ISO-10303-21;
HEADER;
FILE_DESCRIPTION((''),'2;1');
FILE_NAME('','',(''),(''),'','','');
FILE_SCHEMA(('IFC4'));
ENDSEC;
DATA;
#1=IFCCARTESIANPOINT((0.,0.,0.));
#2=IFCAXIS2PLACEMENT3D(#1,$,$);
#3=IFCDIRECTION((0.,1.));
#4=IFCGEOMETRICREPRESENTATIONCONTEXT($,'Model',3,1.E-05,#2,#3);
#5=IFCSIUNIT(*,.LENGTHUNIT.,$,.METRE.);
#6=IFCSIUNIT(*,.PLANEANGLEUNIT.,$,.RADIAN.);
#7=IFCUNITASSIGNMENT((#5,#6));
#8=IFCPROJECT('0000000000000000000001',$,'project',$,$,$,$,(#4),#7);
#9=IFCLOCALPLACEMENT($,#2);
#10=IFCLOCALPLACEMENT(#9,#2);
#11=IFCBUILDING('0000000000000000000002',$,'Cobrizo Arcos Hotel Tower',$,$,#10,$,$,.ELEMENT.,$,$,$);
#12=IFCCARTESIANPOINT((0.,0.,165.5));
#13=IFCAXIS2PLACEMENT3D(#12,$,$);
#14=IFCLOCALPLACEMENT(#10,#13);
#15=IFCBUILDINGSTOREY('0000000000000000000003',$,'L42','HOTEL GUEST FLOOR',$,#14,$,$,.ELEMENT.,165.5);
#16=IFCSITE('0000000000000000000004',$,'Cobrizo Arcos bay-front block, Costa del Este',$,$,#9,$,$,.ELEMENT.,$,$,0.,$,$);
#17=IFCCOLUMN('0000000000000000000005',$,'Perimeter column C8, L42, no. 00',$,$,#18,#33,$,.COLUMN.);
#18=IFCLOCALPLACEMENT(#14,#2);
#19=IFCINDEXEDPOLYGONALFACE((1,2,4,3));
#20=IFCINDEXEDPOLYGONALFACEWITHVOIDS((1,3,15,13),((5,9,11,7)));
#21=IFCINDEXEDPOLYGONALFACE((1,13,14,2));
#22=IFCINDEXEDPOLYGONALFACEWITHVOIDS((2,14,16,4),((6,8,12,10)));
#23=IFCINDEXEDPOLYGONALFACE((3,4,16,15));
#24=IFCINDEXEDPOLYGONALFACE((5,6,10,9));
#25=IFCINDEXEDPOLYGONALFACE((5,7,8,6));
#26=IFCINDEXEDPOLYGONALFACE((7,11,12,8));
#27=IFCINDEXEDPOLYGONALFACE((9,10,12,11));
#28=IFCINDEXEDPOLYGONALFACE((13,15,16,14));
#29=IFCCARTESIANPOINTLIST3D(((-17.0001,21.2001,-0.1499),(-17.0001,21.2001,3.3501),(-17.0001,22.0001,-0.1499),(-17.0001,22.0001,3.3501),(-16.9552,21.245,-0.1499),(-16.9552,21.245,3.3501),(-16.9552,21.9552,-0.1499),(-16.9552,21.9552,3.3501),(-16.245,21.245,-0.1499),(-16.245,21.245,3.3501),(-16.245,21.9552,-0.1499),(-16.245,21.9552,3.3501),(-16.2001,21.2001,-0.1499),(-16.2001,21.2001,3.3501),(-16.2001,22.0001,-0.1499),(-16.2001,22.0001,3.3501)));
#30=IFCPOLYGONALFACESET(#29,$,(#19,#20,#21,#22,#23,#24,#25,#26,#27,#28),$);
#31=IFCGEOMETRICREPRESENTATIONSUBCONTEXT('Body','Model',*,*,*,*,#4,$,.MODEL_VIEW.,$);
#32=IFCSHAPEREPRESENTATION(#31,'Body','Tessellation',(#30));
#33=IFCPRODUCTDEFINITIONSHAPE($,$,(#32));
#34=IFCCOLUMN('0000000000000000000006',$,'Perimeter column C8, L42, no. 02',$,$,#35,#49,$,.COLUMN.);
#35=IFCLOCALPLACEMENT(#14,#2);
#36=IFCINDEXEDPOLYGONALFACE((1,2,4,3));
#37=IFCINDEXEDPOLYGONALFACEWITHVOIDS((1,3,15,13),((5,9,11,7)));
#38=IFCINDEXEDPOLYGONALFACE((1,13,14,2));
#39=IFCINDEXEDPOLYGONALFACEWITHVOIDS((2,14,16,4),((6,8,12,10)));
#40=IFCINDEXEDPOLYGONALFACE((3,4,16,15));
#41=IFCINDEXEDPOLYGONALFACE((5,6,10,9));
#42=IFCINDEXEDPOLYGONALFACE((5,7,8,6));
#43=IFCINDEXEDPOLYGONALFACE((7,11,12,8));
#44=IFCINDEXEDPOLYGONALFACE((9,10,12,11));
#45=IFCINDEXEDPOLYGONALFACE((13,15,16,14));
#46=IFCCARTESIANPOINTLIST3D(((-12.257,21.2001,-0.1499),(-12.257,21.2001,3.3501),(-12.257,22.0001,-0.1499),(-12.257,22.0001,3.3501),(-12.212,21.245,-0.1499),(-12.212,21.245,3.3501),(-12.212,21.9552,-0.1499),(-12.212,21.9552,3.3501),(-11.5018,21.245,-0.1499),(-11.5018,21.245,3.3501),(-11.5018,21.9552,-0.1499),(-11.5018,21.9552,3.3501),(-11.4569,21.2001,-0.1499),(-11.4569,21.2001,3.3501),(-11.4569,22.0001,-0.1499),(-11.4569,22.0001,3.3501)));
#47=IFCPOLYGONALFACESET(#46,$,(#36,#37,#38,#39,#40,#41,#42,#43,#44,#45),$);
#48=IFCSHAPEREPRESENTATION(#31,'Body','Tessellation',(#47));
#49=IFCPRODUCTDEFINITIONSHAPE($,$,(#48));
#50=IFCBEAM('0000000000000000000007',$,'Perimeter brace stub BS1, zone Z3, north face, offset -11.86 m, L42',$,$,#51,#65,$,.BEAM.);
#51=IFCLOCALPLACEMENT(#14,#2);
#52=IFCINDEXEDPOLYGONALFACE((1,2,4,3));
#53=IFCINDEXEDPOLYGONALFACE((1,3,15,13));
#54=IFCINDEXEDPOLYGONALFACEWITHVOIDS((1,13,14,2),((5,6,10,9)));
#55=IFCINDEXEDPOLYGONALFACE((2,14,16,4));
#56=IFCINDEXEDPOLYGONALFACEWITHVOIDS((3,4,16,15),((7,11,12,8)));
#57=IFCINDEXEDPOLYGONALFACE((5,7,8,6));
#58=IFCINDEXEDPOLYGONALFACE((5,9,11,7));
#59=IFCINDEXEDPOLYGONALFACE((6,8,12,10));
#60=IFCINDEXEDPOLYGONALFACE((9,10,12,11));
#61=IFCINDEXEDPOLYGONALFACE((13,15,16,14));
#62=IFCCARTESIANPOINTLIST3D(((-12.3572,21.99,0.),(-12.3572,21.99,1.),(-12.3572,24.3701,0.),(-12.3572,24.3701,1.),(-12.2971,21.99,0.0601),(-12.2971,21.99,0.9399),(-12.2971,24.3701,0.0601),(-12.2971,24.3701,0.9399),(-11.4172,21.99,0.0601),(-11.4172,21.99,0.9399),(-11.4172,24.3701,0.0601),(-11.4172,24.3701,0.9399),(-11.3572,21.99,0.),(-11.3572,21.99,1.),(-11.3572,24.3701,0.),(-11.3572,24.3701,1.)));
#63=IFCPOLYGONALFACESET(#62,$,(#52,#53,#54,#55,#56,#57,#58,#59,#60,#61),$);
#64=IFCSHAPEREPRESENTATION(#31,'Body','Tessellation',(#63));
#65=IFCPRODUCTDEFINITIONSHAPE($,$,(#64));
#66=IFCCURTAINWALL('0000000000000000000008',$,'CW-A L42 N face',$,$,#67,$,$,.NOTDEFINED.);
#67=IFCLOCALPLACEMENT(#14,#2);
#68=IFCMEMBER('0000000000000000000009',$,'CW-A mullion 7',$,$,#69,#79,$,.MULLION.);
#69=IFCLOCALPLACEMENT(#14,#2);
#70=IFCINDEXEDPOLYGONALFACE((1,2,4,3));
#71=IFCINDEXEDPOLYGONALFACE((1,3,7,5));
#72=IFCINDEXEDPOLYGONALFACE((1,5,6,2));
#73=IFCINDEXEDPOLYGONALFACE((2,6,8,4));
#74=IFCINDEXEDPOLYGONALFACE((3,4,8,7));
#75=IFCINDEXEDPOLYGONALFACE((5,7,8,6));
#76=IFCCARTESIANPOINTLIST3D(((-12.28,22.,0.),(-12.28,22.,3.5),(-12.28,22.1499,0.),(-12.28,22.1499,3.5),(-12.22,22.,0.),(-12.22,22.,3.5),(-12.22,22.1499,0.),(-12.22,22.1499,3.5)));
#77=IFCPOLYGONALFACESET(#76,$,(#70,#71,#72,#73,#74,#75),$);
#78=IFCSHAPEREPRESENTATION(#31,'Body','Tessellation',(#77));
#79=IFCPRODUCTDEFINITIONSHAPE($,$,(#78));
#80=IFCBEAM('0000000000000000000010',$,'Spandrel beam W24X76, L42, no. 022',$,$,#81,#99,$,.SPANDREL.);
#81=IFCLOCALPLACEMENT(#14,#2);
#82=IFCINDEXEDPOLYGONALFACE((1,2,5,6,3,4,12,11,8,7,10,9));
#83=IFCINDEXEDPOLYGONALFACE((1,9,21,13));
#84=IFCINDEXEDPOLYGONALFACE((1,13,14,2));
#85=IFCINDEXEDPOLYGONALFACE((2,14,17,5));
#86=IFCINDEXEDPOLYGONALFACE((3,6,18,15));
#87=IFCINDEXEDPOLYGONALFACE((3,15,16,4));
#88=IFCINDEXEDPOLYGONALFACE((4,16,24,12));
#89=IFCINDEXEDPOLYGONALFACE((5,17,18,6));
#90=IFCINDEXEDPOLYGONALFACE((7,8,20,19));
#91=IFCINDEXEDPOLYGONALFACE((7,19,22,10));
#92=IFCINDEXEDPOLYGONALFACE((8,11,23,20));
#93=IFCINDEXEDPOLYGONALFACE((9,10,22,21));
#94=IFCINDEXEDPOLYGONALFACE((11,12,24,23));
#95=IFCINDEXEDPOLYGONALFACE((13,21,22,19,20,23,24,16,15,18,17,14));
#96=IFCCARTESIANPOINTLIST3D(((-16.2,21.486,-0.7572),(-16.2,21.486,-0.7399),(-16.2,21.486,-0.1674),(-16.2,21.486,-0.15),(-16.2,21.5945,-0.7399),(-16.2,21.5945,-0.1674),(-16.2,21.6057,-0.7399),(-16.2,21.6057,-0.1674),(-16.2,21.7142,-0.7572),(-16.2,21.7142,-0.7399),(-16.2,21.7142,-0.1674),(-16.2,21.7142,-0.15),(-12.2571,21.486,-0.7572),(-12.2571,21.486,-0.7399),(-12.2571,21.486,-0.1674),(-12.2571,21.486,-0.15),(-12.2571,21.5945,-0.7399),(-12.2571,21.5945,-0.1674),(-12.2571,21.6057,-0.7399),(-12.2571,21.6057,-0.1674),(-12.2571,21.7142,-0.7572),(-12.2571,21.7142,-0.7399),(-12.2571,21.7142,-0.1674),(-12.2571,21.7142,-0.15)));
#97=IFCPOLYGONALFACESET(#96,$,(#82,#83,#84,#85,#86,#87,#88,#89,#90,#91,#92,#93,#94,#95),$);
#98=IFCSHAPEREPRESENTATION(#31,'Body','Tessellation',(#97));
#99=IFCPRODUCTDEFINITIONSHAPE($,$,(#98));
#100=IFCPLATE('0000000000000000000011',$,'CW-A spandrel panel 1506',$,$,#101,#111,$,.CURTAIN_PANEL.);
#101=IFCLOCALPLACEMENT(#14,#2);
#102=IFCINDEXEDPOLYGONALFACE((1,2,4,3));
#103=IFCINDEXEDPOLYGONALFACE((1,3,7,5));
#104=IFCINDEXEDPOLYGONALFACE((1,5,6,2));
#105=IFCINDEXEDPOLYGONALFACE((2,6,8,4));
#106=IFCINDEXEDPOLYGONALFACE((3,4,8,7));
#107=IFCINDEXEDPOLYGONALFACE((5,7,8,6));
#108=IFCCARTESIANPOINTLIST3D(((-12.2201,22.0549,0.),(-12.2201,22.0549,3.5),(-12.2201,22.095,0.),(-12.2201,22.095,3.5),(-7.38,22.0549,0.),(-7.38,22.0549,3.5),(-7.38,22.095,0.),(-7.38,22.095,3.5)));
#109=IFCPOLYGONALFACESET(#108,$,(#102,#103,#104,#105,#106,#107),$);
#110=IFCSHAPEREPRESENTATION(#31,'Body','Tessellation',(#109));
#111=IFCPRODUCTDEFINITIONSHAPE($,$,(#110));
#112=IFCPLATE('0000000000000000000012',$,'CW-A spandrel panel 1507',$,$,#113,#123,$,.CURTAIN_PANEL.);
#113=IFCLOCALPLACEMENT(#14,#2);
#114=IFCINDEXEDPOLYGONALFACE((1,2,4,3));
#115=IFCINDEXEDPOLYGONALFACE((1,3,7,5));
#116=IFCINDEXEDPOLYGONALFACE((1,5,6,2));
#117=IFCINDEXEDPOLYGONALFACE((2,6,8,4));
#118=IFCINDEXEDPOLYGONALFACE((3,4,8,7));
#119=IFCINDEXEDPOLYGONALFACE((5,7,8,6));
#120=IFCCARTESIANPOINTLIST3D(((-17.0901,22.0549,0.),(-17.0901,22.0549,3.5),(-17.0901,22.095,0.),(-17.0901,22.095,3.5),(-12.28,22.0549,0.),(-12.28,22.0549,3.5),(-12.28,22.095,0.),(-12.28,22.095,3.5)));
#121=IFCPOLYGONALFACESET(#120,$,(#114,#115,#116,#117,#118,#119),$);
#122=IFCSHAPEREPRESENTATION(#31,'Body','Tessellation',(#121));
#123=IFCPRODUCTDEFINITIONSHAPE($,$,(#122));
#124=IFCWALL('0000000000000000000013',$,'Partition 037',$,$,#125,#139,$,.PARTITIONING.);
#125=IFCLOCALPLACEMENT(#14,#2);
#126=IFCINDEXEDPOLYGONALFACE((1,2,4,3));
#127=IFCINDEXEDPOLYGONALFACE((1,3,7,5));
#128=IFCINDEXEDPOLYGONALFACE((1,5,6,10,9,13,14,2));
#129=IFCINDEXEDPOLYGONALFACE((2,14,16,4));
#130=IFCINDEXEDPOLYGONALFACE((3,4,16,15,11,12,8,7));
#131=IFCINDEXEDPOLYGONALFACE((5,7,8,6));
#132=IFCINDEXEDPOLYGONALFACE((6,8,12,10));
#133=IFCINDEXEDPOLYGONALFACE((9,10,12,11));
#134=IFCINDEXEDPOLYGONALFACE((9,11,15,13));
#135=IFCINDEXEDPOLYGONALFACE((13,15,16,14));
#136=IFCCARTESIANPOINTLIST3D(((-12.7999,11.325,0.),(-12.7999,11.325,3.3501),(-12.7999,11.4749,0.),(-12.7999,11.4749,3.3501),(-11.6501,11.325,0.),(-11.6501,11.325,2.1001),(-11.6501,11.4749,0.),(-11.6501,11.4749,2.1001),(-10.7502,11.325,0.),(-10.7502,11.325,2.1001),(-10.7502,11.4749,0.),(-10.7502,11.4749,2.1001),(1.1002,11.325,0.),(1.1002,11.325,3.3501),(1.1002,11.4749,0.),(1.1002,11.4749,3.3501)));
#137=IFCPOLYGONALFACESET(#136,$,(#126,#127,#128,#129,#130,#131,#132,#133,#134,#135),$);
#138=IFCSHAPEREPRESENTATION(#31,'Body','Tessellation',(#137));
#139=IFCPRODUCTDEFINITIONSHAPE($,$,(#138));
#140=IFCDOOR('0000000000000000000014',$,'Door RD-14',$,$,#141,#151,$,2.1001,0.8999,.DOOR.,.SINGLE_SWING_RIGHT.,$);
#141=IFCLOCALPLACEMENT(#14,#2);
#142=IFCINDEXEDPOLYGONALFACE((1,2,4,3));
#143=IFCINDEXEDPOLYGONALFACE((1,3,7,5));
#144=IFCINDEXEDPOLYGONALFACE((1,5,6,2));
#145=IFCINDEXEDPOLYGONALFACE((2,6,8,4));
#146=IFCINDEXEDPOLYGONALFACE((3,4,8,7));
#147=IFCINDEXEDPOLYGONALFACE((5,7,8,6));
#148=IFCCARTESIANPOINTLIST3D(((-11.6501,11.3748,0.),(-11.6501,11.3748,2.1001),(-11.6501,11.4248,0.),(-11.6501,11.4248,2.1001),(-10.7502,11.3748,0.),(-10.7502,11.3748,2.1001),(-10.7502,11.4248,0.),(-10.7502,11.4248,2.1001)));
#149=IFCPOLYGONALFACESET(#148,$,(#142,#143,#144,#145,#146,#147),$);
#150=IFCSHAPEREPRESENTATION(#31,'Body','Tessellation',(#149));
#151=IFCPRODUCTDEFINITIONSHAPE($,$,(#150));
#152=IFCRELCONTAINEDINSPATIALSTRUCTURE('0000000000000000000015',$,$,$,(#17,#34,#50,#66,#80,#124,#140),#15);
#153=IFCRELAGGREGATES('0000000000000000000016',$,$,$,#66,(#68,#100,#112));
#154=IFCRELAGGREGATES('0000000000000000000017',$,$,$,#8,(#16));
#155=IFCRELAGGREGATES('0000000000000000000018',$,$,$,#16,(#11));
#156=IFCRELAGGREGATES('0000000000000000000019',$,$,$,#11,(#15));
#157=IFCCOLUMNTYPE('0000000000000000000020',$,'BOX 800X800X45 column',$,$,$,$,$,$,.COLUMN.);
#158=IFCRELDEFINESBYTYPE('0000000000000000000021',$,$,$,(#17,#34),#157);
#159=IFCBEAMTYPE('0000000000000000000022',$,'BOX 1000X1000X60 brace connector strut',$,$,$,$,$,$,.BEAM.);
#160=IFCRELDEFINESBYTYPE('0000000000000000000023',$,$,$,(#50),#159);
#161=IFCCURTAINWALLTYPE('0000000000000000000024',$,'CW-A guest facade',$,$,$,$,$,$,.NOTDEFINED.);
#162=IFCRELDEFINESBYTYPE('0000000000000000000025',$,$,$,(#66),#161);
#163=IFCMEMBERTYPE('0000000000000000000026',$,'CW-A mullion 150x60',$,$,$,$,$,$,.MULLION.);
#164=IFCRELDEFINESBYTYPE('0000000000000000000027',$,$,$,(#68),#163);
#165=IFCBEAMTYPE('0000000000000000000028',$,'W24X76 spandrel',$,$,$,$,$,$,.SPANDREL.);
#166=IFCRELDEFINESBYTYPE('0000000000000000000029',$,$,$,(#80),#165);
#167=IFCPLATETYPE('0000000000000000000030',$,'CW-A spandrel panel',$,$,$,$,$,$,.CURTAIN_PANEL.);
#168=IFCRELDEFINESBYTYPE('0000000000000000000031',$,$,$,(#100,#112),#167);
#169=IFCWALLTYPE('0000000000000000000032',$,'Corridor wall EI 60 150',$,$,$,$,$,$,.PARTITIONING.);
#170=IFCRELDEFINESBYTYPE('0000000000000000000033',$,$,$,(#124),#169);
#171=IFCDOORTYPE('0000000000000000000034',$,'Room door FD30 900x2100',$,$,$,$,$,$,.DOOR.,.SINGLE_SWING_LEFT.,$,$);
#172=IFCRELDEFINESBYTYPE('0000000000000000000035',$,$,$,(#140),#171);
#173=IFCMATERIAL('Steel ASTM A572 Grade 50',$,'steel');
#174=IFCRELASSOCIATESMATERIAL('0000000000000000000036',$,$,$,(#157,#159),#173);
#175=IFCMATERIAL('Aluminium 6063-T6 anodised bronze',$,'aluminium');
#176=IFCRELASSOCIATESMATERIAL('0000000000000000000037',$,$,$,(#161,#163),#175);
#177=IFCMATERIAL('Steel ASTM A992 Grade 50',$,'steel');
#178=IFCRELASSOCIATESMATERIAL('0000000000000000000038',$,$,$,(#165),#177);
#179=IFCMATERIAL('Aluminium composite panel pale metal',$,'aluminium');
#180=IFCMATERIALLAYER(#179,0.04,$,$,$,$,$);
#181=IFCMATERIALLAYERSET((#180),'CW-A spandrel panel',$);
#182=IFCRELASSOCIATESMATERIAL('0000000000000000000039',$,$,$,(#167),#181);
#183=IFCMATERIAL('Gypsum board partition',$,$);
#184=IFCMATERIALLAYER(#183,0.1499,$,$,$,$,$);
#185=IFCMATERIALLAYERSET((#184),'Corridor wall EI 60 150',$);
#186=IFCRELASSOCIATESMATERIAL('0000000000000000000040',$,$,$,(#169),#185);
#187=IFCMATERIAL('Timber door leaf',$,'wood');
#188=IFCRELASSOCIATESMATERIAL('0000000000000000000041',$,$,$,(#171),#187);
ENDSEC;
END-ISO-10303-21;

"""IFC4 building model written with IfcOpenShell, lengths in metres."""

from ifc_helpers import new_model, si_unit, direction, frame, frame_2d, origin, origin_2d, place, context, subcontext, project, spatial, rectangle, hollow_rectangle, i_section, extrude, material, layer, layer_set, material_profile, profile_set, type_object, element, fill, aggregate, save


model = new_model("IFC4")

# Units and contexts
model_context = context("Model", 3, precision=1e-05, world=origin(), true_north=direction((0.0, 1.0)))
body_context = subcontext(model_context, "Body", "Model", "MODEL_VIEW")
ifc_project = project(units=[si_unit("LENGTHUNIT", "METRE"), si_unit("PLANEANGLEUNIT", "RADIAN")], contexts=[model_context])

# Site, building, storey
site_placement = place(None, origin())
site = spatial("IfcSite", under=ifc_project, at=site_placement, Name="Cobrizo Arcos bay-front block, Costa del Este", CompositionType="ELEMENT", RefElevation=0.0)
building_placement = place(site_placement, origin())
building = spatial("IfcBuilding", under=site, at=building_placement, Name="Cobrizo Arcos Hotel Tower", CompositionType="ELEMENT")
storey_placement = place(building_placement, frame((0.0, 0.0, 165.5)))
storey = spatial("IfcBuildingStorey", under=building, at=storey_placement, Name="L42", Description="HOTEL GUEST FLOOR", CompositionType="ELEMENT", Elevation=165.5)

# Columns
ifc_material_1 = material(Name="Steel ASTM A572 Grade 50", Category="steel")
ifc_material_profile_1 = material_profile(ifc_material_1, hollow_rectangle(XDim=0.8, YDim=0.8, WallThickness=0.0449, at=origin_2d()), Name="BOX 800X800X45")
ifc_profile_set_1 = profile_set([ifc_material_profile_1], Name="Steel ASTM A572 Grade 50")
column_type = type_object("IfcColumnType", Name="BOX 800X800X45 column", PredefinedType="COLUMN", material=ifc_profile_set_1)
for number, where, z_axis, x_axis, name in (
    (1, (-16.6001, 21.6001, -0.1499), (0.0, 0.0, 1.0), (1.0, 0.0, 0.0), "Perimeter column C8, L42, no. 00"),
    (2, (-11.8569, 21.6001, -0.1499), (0.0, 0.0, 1.0), (1.0, 0.0, 0.0), "Perimeter column C8, L42, no. 02"),
):
    element("IfcColumn", number, at=place(storey_placement, frame(where, z_axis=z_axis, x_axis=x_axis)), inside=storey, type_object=column_type, Name=name, PredefinedType="COLUMN", context=body_context, shape_type="SweptSolid", body=[
        extrude(hollow_rectangle(XDim=0.8, YDim=0.8, WallThickness=0.0449, at=origin_2d()), origin(), (0.0, 0.0, 1.0), 3.5),
    ])

# Beam
ifc_material_profile_2 = material_profile(ifc_material_1, hollow_rectangle(XDim=1.0, YDim=1.0, WallThickness=0.0601, at=origin_2d()), Name="BOX 1000X1000X60")
ifc_profile_set_2 = profile_set([ifc_material_profile_2], Name="Steel ASTM A572 Grade 50")
beam_type_1 = type_object("IfcBeamType", Name="BOX 1000X1000X60 brace connector strut", PredefinedType="BEAM", material=ifc_profile_set_2)
beam_1_placement = place(storey_placement, frame((-11.8572, 21.99, 0.5), z_axis=(0.0, 1.0, 0.0), x_axis=(-1.0, 0.0, 0.0)))
element("IfcBeam", 3, at=beam_1_placement, inside=storey, type_object=beam_type_1, Name="Perimeter brace stub BS1, zone Z3, north face, offset -11.86 m, L42", PredefinedType="BEAM", context=body_context, shape_type="SweptSolid", body=[
    extrude(hollow_rectangle(XDim=1.0, YDim=1.0, WallThickness=0.0601, at=origin_2d()), origin(), (0.0, 0.0, 1.0), 2.3801),
])

# Curtain wall, member
ifc_material_2 = material(Name="Aluminium 6063-T6 anodised bronze", Category="aluminium")
curtain_wall_type = type_object("IfcCurtainWallType", Name="CW-A guest facade", PredefinedType="NOTDEFINED", material=ifc_material_2)
curtain_wall_placement = place(storey_placement, origin())
curtain_wall = element("IfcCurtainWall", 4, at=curtain_wall_placement, inside=storey, type_object=curtain_wall_type, Name="CW-A L42 N face", PredefinedType="NOTDEFINED")
ifc_material_profile_3 = material_profile(ifc_material_2, rectangle(XDim=0.1499, YDim=0.0601, at=origin_2d()), Name="CW-A mullion 150x60")
ifc_profile_set_3 = profile_set([ifc_material_profile_3], Name="Aluminium 6063-T6 anodised bronze")
member_type = type_object("IfcMemberType", Name="CW-A mullion 150x60", PredefinedType="MULLION", material=ifc_profile_set_3)
member_placement = place(storey_placement, frame((-12.25, 22.075, 0.0), z_axis=(0.0, 0.0, 1.0), x_axis=(0.0, 1.0, 0.0)))
member = element("IfcMember", 5, at=member_placement, type_object=member_type, Name="CW-A mullion 7", PredefinedType="MULLION", context=body_context, shape_type="SweptSolid", body=[
    extrude(rectangle(XDim=0.1499, YDim=0.0601, at=origin_2d()), origin(), (0.0, 0.0, 1.0), 3.5),
])

# Beam
ifc_material_3 = material(Name="Steel ASTM A992 Grade 50", Category="steel")
ifc_material_profile_4 = material_profile(ifc_material_3, i_section(OverallWidth=0.2283, OverallDepth=0.6072, WebThickness=0.0112, FlangeThickness=0.0173, at=origin_2d()), Name="W24X76")
ifc_profile_set_4 = profile_set([ifc_material_profile_4], Name="Steel ASTM A992 Grade 50")
beam_type_2 = type_object("IfcBeamType", Name="W24X76 spandrel", PredefinedType="SPANDREL", material=ifc_profile_set_4)
beam_2_placement = place(storey_placement, frame((-12.2571, 21.6001, -0.4536), z_axis=(-1.0, 0.0, 0.0), x_axis=(0.0, -1.0, 0.0)))
element("IfcBeam", 6, at=beam_2_placement, inside=storey, type_object=beam_type_2, Name="Spandrel beam W24X76, L42, no. 022", PredefinedType="SPANDREL", context=body_context, shape_type="SweptSolid", body=[
    extrude(i_section(OverallWidth=0.2283, OverallDepth=0.6072, WebThickness=0.0112, FlangeThickness=0.0173, at=origin_2d()), origin(), (0.0, 0.0, 1.0), 3.9429),
])

# Plates
ifc_material_4 = material(Name="Aluminium composite panel pale metal", Category="aluminium")
ifc_layer_1 = layer(ifc_material_4, 0.04)
ifc_layer_set_1 = layer_set([ifc_layer_1], Name="CW-A spandrel panel")
plate_type = type_object("IfcPlateType", Name="CW-A spandrel panel", PredefinedType="CURTAIN_PANEL", material=ifc_layer_set_1)
plate_1_placement = place(storey_placement, frame((-9.8, 22.075, 0.0), z_axis=(0.0, 0.0, 1.0), x_axis=(-1.0, 0.0, 0.0)))
plate_1 = element("IfcPlate", 7, at=plate_1_placement, type_object=plate_type, Name="CW-A spandrel panel 1506", PredefinedType="CURTAIN_PANEL", context=body_context, shape_type="SweptSolid", body=[
    extrude(rectangle(XDim=4.8401, YDim=0.04, at=origin_2d()), origin(), (0.0, 0.0, 1.0), 3.5),
])
plate_2_placement = place(storey_placement, frame((-14.6851, 22.075, 0.0), z_axis=(0.0, 0.0, 1.0), x_axis=(-1.0, 0.0, 0.0)))
plate_2 = element("IfcPlate", 8, at=plate_2_placement, type_object=plate_type, Name="CW-A spandrel panel 1507", PredefinedType="CURTAIN_PANEL", context=body_context, shape_type="SweptSolid", body=[
    extrude(rectangle(XDim=4.8101, YDim=0.04, at=origin_2d()), origin(), (0.0, 0.0, 1.0), 3.5),
])
aggregate(curtain_wall, [member, plate_1, plate_2])

# Wall, opening, door
ifc_material_5 = material(Name="Gypsum board partition")
ifc_layer_2 = layer(ifc_material_5, 0.1499)
ifc_layer_set_2 = layer_set([ifc_layer_2], Name="Corridor wall EI 60 150")
wall_type_1 = type_object("IfcWallType", Name="Corridor wall EI 60 150", PredefinedType="PARTITIONING", material=ifc_layer_set_2)
wall_1_placement = place(storey_placement, frame((-12.8, 11.3999, 0.0), z_axis=(0.0, 0.0, 1.0), x_axis=(1.0, 0.0, 0.0)))
wall_1 = element("IfcWall", 9, at=wall_1_placement, inside=storey, type_object=wall_type_1, Name="Partition 037", PredefinedType="PARTITIONING", context=body_context, shape_type="SweptSolid", body=[
    extrude(rectangle(XDim=13.9001, YDim=0.1499, at=frame_2d((6.9502, 0.0))), origin(), (0.0, 0.0, 1.0), 3.3501),
])
opening_1_placement = place(wall_1_placement, frame((1.1499, 0.0, 0.0)))
opening_1 = element("IfcOpeningElement", 10, at=opening_1_placement, cuts=wall_1, PredefinedType="OPENING", context=body_context, shape_type="SweptSolid", body=[
    extrude(rectangle(XDim=0.8999, YDim=2.1001, at=frame_2d((0.45, 1.05))), frame((0.0, 0.0869, 0.0), z_axis=(0.0, -1.0, 0.0), x_axis=(1.0, 0.0, 0.0)), (0.0, 0.0, 1.0), 0.1738),
])
ifc_material_6 = material(Name="Timber door leaf", Category="wood")
door_type_1 = type_object("IfcDoorType", Name="Room door FD30 900x2100", OperationType="SINGLE_SWING_LEFT", PredefinedType="DOOR", material=ifc_material_6)
door_1_placement = place(opening_1_placement, origin())
door_1 = element("IfcDoor", 11, at=door_1_placement, inside=storey, type_object=door_type_1, Name="Door RD-14", OperationType="SINGLE_SWING_RIGHT", OverallHeight=2.1001, OverallWidth=0.8999, PredefinedType="DOOR", context=body_context, shape_type="SweptSolid", body=[
    extrude(rectangle(XDim=0.8999, YDim=2.1001, at=frame_2d((0.45, 1.05))), frame((0.0, 0.0249, 0.0), z_axis=(0.0, -1.0, 0.0), x_axis=(1.0, 0.0, 0.0)), (0.0, 0.0, 1.0), 0.05),
])
fill(opening_1, door_1)

save(model, "model.ifc")
